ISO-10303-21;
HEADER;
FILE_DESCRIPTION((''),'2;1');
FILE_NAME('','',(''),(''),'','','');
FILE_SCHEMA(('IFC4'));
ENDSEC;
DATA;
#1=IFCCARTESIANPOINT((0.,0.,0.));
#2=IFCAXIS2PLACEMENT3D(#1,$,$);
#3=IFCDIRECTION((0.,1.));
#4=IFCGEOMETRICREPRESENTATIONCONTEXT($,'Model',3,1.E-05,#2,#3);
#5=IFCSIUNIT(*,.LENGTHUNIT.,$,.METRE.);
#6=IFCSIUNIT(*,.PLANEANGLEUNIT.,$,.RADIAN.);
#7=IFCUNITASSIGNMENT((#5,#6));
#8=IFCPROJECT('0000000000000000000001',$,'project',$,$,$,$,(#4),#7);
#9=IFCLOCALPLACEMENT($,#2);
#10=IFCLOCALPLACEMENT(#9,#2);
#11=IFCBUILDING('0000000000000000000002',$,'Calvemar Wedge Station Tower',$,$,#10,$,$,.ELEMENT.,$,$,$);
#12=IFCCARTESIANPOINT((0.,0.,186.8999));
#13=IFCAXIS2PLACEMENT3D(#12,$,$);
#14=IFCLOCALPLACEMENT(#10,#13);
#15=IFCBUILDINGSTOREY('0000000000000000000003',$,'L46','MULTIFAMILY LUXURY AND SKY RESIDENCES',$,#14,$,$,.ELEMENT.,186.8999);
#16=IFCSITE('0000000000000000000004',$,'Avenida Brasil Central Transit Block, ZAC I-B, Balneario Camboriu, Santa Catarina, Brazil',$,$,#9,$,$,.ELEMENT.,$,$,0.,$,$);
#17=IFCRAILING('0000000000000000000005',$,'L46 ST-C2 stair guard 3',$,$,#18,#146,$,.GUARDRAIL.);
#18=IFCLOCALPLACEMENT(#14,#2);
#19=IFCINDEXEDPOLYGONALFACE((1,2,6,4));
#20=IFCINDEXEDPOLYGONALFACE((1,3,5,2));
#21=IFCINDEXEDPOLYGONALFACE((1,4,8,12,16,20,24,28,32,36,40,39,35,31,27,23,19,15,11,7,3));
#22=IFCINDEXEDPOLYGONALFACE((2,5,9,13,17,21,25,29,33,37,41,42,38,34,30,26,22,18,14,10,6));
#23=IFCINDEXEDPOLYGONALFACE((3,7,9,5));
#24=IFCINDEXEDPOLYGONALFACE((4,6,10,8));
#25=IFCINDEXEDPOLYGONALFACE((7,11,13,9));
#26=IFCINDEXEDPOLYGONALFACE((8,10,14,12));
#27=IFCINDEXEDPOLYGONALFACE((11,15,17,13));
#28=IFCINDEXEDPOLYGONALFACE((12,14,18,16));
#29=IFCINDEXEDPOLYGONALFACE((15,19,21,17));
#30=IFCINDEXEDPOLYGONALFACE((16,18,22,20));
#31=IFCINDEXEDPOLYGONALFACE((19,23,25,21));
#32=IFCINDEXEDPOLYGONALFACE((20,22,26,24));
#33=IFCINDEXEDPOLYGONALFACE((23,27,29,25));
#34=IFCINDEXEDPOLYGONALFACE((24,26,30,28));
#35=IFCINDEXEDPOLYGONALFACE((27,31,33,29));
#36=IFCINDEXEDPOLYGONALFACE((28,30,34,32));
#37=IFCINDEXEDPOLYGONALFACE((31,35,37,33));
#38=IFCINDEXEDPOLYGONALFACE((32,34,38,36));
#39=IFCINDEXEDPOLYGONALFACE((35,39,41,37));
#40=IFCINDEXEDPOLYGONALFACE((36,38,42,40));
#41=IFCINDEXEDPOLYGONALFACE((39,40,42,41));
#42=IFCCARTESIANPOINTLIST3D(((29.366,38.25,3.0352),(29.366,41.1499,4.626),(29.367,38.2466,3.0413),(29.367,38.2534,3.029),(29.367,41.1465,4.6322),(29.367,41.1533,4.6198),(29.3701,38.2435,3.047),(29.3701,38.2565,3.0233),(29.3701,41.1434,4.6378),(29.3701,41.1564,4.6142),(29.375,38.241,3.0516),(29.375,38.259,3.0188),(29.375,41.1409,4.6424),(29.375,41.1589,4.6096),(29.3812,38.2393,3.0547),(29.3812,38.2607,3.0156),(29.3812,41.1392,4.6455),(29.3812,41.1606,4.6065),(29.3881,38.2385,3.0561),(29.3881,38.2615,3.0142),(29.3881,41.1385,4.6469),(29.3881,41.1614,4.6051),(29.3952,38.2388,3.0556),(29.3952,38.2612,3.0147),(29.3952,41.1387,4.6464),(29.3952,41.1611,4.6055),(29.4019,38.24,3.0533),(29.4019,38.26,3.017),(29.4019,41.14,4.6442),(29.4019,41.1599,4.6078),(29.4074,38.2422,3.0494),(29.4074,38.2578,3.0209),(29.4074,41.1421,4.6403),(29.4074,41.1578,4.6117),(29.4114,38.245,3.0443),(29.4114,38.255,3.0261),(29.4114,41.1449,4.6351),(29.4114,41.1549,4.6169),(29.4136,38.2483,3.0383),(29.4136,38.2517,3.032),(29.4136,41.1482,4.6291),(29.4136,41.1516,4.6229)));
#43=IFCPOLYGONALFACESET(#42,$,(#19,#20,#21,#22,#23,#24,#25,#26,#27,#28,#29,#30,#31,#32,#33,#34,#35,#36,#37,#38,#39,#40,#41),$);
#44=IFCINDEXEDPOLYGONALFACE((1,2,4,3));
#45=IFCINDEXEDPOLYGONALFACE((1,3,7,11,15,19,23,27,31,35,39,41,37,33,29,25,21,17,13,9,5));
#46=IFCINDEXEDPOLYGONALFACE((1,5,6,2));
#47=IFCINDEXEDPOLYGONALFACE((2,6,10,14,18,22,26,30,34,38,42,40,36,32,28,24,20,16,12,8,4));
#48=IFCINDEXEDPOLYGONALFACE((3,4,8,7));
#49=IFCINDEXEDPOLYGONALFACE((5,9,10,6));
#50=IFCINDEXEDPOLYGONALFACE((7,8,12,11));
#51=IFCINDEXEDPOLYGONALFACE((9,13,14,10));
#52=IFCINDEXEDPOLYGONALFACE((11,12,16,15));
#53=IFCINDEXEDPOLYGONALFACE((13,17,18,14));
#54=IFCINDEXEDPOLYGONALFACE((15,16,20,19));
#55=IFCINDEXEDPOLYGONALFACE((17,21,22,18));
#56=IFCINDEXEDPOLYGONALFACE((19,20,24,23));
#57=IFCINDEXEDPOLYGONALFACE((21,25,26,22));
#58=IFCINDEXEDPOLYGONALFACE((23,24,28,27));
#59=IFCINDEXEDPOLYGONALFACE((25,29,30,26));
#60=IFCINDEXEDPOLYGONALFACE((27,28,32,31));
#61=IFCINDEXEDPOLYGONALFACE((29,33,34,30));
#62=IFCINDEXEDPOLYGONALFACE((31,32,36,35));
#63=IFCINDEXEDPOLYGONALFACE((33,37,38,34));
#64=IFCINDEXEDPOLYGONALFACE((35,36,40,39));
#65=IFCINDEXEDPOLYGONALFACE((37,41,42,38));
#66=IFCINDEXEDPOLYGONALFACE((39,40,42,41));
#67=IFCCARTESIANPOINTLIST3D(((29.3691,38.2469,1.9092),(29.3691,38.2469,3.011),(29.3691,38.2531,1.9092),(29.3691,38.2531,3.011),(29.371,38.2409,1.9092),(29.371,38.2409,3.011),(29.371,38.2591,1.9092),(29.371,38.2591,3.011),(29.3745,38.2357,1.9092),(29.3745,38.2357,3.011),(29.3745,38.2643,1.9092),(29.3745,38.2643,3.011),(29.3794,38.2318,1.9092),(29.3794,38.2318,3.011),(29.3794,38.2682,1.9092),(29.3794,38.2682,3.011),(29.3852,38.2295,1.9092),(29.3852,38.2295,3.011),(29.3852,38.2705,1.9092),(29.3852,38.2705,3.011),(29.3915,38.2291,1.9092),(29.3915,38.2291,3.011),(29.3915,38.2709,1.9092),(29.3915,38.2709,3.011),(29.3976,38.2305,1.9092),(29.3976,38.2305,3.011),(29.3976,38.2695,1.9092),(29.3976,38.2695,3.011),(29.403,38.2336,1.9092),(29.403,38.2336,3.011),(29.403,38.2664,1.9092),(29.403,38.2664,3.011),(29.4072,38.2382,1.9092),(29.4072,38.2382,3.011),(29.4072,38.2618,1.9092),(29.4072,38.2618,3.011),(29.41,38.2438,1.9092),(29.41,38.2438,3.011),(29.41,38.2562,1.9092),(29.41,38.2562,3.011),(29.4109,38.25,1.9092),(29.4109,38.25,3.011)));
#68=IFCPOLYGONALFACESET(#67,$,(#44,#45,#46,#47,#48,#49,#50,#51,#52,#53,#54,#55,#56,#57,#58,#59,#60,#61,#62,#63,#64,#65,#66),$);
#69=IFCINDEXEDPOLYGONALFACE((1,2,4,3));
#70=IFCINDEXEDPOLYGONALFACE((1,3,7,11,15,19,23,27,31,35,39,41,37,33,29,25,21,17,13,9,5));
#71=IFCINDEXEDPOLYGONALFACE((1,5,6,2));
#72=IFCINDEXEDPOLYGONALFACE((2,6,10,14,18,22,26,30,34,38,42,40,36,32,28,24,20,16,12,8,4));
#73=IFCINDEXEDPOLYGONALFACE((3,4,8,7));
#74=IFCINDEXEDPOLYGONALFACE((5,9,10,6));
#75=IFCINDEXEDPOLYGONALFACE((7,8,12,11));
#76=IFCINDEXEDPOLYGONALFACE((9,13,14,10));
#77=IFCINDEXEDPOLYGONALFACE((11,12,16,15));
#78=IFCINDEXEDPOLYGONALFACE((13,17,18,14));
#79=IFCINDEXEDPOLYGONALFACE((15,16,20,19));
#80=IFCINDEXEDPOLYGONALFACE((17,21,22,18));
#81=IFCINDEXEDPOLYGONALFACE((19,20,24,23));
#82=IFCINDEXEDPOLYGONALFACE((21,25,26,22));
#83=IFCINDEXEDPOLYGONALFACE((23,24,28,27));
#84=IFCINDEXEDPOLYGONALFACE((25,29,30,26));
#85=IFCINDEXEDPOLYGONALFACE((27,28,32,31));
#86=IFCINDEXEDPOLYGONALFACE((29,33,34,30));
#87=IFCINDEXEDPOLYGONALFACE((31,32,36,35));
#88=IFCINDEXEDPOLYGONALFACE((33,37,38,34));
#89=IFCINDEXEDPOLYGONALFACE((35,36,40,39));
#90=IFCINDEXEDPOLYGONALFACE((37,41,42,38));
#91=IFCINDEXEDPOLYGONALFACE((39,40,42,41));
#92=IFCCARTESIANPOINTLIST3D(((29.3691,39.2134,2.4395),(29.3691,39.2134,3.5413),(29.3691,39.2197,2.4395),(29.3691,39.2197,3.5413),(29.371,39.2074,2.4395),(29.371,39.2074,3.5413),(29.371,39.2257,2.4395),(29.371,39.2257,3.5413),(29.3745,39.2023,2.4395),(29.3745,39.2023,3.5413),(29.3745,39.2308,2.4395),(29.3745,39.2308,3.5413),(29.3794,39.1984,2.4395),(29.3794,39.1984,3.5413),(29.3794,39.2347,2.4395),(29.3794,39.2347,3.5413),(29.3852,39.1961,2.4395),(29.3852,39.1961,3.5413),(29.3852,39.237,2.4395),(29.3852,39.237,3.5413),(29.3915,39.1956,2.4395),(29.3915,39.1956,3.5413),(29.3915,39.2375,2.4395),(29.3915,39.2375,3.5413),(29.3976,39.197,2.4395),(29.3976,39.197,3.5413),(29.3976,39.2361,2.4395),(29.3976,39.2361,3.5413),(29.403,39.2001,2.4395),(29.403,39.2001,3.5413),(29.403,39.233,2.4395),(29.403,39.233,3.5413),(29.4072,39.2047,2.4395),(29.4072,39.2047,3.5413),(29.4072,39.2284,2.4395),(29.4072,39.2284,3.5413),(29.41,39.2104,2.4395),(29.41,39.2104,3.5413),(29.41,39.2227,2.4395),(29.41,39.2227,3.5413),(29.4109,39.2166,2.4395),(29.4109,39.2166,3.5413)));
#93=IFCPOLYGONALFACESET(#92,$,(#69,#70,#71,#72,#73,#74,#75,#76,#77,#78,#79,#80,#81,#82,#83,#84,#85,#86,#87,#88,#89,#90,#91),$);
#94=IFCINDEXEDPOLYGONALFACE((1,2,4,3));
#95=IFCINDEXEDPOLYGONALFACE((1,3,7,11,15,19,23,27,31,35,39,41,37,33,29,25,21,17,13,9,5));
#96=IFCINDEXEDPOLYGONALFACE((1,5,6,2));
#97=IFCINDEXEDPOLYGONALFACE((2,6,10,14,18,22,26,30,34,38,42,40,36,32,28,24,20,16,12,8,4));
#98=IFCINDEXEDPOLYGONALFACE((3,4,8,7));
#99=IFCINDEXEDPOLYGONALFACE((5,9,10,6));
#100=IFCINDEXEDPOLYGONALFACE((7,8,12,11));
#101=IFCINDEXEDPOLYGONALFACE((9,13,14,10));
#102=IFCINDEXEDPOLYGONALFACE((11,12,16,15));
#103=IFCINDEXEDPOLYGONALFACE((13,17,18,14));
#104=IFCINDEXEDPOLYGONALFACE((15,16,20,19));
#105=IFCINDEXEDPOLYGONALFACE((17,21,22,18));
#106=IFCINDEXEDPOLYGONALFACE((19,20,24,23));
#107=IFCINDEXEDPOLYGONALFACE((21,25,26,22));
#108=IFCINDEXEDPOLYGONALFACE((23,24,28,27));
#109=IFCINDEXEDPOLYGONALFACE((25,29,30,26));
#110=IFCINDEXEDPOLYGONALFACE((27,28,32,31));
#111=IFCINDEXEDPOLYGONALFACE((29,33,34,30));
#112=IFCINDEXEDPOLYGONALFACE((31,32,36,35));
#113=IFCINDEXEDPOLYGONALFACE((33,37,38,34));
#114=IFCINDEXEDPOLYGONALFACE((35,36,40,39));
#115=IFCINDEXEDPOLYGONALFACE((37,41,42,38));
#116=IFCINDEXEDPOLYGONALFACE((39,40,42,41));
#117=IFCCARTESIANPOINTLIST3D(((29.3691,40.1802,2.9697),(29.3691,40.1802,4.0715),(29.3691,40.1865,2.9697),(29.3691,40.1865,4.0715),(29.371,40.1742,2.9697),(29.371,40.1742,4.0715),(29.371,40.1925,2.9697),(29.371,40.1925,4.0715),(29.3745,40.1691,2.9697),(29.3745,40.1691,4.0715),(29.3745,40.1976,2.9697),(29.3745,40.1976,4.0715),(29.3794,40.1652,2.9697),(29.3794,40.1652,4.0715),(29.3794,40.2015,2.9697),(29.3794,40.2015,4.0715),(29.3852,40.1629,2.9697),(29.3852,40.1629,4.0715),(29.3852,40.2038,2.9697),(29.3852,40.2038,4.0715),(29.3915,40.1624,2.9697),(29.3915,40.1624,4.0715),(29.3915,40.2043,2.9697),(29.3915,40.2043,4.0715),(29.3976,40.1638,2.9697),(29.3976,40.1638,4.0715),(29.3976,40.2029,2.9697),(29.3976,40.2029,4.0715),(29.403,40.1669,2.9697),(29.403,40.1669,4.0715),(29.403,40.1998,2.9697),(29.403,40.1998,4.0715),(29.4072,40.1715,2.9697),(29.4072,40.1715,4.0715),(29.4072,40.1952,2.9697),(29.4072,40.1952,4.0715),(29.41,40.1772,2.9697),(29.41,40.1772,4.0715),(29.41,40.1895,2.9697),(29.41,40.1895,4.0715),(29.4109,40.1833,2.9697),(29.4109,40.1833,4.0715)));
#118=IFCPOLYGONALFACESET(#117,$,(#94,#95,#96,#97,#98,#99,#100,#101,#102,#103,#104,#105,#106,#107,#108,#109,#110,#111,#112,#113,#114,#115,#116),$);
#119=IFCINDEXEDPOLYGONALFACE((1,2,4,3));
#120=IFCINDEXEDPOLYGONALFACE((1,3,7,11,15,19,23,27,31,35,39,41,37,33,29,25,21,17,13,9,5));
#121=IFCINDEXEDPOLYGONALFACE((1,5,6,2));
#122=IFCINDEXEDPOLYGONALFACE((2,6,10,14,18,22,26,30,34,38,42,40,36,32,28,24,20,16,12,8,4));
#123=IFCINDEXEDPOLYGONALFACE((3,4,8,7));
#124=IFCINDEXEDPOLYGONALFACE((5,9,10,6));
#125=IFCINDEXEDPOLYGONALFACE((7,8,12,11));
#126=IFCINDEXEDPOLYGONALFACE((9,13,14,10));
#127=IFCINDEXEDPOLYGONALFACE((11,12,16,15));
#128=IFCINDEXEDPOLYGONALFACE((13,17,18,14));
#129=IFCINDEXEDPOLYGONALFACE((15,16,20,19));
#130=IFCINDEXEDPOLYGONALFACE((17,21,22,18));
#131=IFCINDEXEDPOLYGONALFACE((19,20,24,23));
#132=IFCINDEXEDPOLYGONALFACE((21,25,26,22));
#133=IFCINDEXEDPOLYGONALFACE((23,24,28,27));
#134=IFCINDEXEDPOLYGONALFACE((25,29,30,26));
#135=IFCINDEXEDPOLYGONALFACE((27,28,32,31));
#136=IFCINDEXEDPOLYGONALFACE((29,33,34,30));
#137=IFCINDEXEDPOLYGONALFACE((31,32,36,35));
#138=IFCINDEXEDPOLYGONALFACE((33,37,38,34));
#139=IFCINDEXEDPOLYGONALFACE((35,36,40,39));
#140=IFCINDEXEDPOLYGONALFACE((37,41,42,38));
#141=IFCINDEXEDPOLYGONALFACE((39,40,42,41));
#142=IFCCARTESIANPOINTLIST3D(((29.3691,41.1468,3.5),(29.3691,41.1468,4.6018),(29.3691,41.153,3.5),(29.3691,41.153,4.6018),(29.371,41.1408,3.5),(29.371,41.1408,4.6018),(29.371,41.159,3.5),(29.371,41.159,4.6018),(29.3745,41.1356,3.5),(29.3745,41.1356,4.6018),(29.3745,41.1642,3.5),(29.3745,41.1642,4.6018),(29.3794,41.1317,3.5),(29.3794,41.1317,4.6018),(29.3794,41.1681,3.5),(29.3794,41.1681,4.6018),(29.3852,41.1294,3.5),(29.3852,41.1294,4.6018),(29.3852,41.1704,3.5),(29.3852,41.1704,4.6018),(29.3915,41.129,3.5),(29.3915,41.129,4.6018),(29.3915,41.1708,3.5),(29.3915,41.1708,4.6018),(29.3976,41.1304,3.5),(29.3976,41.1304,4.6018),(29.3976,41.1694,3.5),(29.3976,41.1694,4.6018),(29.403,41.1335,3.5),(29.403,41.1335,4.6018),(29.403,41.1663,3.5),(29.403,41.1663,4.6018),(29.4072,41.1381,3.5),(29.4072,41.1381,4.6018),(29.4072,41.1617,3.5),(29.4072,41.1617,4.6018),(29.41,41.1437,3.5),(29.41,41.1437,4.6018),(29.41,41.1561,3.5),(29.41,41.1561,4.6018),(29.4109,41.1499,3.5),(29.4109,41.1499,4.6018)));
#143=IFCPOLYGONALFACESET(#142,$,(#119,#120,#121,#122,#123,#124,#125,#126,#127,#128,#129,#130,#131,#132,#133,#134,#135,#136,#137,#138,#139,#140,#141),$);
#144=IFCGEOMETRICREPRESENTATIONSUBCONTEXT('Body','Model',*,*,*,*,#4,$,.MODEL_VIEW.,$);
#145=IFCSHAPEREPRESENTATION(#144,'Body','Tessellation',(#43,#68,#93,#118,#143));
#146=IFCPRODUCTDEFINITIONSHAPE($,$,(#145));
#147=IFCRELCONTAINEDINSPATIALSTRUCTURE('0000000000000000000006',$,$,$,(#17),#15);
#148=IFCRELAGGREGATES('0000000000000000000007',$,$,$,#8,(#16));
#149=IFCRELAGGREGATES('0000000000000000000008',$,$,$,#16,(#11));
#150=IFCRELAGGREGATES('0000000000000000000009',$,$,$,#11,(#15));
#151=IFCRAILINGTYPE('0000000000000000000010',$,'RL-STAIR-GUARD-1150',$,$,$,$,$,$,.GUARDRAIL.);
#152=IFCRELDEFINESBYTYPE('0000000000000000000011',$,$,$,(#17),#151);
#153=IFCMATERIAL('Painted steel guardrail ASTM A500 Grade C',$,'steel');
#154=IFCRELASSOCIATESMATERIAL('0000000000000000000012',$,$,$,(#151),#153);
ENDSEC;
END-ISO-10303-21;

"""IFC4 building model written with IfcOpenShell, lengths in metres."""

from ifc_helpers import new_model, si_unit, direction, frame, origin, origin_2d, place, context, subcontext, project, spatial, circle, extrude, material, type_object, element, save


model = new_model("IFC4")

# Units and contexts
model_context = context("Model", 3, precision=1e-05, world=origin(), true_north=direction((0.0, 1.0)))
body_context = subcontext(model_context, "Body", "Model", "MODEL_VIEW")
ifc_project = project(units=[si_unit("LENGTHUNIT", "METRE"), si_unit("PLANEANGLEUNIT", "RADIAN")], contexts=[model_context])

# Site, building, storey
site_placement = place(None, origin())
site = spatial("IfcSite", under=ifc_project, at=site_placement, Name="Avenida Brasil Central Transit Block, ZAC I-B, Balneario Camboriu, Santa Catarina, Brazil", CompositionType="ELEMENT", RefElevation=0.0)
building_placement = place(site_placement, origin())
building = spatial("IfcBuilding", under=site, at=building_placement, Name="Calvemar Wedge Station Tower", CompositionType="ELEMENT")
storey_placement = place(building_placement, frame((0.0, 0.0, 186.8999)))
storey = spatial("IfcBuildingStorey", under=building, at=storey_placement, Name="L46", Description="MULTIFAMILY LUXURY AND SKY RESIDENCES", CompositionType="ELEMENT", Elevation=186.8999)

# Railing
ifc_material_1 = material(Name="Painted steel guardrail ASTM A500 Grade C", Category="steel")
railing_type_1 = type_object("IfcRailingType", Name="RL-STAIR-GUARD-1150", PredefinedType="GUARDRAIL", material=ifc_material_1)
railing_1_placement = place(storey_placement, frame((29.3899, 38.25, 1.9092)))
element("IfcRailing", 1, at=railing_1_placement, inside=storey, type_object=railing_type_1, Name="L46 ST-C2 stair guard 3", PredefinedType="GUARDRAIL", context=body_context, shape_type="SweptSolid", body=[
    extrude(circle(Radius=0.0239, at=origin_2d()), frame((0.0, 0.0, 1.126), z_axis=(0.0, 0.876742, 0.480961), x_axis=(-1.0, 0.0, 0.0)), (0.0, 0.0, 1.0), 3.3076),
    extrude(circle(Radius=0.021, at=origin_2d()), origin(), (0.0, 0.0, 1.0), 1.1018),
    extrude(circle(Radius=0.021, at=origin_2d()), frame((0.0, 0.9666, 0.5303)), (0.0, 0.0, 1.0), 1.1018),
    extrude(circle(Radius=0.021, at=origin_2d()), frame((0.0, 1.9333, 1.0605)), (0.0, 0.0, 1.0), 1.1018),
    extrude(circle(Radius=0.021, at=origin_2d()), frame((0.0, 2.8999, 1.5908)), (0.0, 0.0, 1.0), 1.1018),
])

save(model, "model.ifc")
